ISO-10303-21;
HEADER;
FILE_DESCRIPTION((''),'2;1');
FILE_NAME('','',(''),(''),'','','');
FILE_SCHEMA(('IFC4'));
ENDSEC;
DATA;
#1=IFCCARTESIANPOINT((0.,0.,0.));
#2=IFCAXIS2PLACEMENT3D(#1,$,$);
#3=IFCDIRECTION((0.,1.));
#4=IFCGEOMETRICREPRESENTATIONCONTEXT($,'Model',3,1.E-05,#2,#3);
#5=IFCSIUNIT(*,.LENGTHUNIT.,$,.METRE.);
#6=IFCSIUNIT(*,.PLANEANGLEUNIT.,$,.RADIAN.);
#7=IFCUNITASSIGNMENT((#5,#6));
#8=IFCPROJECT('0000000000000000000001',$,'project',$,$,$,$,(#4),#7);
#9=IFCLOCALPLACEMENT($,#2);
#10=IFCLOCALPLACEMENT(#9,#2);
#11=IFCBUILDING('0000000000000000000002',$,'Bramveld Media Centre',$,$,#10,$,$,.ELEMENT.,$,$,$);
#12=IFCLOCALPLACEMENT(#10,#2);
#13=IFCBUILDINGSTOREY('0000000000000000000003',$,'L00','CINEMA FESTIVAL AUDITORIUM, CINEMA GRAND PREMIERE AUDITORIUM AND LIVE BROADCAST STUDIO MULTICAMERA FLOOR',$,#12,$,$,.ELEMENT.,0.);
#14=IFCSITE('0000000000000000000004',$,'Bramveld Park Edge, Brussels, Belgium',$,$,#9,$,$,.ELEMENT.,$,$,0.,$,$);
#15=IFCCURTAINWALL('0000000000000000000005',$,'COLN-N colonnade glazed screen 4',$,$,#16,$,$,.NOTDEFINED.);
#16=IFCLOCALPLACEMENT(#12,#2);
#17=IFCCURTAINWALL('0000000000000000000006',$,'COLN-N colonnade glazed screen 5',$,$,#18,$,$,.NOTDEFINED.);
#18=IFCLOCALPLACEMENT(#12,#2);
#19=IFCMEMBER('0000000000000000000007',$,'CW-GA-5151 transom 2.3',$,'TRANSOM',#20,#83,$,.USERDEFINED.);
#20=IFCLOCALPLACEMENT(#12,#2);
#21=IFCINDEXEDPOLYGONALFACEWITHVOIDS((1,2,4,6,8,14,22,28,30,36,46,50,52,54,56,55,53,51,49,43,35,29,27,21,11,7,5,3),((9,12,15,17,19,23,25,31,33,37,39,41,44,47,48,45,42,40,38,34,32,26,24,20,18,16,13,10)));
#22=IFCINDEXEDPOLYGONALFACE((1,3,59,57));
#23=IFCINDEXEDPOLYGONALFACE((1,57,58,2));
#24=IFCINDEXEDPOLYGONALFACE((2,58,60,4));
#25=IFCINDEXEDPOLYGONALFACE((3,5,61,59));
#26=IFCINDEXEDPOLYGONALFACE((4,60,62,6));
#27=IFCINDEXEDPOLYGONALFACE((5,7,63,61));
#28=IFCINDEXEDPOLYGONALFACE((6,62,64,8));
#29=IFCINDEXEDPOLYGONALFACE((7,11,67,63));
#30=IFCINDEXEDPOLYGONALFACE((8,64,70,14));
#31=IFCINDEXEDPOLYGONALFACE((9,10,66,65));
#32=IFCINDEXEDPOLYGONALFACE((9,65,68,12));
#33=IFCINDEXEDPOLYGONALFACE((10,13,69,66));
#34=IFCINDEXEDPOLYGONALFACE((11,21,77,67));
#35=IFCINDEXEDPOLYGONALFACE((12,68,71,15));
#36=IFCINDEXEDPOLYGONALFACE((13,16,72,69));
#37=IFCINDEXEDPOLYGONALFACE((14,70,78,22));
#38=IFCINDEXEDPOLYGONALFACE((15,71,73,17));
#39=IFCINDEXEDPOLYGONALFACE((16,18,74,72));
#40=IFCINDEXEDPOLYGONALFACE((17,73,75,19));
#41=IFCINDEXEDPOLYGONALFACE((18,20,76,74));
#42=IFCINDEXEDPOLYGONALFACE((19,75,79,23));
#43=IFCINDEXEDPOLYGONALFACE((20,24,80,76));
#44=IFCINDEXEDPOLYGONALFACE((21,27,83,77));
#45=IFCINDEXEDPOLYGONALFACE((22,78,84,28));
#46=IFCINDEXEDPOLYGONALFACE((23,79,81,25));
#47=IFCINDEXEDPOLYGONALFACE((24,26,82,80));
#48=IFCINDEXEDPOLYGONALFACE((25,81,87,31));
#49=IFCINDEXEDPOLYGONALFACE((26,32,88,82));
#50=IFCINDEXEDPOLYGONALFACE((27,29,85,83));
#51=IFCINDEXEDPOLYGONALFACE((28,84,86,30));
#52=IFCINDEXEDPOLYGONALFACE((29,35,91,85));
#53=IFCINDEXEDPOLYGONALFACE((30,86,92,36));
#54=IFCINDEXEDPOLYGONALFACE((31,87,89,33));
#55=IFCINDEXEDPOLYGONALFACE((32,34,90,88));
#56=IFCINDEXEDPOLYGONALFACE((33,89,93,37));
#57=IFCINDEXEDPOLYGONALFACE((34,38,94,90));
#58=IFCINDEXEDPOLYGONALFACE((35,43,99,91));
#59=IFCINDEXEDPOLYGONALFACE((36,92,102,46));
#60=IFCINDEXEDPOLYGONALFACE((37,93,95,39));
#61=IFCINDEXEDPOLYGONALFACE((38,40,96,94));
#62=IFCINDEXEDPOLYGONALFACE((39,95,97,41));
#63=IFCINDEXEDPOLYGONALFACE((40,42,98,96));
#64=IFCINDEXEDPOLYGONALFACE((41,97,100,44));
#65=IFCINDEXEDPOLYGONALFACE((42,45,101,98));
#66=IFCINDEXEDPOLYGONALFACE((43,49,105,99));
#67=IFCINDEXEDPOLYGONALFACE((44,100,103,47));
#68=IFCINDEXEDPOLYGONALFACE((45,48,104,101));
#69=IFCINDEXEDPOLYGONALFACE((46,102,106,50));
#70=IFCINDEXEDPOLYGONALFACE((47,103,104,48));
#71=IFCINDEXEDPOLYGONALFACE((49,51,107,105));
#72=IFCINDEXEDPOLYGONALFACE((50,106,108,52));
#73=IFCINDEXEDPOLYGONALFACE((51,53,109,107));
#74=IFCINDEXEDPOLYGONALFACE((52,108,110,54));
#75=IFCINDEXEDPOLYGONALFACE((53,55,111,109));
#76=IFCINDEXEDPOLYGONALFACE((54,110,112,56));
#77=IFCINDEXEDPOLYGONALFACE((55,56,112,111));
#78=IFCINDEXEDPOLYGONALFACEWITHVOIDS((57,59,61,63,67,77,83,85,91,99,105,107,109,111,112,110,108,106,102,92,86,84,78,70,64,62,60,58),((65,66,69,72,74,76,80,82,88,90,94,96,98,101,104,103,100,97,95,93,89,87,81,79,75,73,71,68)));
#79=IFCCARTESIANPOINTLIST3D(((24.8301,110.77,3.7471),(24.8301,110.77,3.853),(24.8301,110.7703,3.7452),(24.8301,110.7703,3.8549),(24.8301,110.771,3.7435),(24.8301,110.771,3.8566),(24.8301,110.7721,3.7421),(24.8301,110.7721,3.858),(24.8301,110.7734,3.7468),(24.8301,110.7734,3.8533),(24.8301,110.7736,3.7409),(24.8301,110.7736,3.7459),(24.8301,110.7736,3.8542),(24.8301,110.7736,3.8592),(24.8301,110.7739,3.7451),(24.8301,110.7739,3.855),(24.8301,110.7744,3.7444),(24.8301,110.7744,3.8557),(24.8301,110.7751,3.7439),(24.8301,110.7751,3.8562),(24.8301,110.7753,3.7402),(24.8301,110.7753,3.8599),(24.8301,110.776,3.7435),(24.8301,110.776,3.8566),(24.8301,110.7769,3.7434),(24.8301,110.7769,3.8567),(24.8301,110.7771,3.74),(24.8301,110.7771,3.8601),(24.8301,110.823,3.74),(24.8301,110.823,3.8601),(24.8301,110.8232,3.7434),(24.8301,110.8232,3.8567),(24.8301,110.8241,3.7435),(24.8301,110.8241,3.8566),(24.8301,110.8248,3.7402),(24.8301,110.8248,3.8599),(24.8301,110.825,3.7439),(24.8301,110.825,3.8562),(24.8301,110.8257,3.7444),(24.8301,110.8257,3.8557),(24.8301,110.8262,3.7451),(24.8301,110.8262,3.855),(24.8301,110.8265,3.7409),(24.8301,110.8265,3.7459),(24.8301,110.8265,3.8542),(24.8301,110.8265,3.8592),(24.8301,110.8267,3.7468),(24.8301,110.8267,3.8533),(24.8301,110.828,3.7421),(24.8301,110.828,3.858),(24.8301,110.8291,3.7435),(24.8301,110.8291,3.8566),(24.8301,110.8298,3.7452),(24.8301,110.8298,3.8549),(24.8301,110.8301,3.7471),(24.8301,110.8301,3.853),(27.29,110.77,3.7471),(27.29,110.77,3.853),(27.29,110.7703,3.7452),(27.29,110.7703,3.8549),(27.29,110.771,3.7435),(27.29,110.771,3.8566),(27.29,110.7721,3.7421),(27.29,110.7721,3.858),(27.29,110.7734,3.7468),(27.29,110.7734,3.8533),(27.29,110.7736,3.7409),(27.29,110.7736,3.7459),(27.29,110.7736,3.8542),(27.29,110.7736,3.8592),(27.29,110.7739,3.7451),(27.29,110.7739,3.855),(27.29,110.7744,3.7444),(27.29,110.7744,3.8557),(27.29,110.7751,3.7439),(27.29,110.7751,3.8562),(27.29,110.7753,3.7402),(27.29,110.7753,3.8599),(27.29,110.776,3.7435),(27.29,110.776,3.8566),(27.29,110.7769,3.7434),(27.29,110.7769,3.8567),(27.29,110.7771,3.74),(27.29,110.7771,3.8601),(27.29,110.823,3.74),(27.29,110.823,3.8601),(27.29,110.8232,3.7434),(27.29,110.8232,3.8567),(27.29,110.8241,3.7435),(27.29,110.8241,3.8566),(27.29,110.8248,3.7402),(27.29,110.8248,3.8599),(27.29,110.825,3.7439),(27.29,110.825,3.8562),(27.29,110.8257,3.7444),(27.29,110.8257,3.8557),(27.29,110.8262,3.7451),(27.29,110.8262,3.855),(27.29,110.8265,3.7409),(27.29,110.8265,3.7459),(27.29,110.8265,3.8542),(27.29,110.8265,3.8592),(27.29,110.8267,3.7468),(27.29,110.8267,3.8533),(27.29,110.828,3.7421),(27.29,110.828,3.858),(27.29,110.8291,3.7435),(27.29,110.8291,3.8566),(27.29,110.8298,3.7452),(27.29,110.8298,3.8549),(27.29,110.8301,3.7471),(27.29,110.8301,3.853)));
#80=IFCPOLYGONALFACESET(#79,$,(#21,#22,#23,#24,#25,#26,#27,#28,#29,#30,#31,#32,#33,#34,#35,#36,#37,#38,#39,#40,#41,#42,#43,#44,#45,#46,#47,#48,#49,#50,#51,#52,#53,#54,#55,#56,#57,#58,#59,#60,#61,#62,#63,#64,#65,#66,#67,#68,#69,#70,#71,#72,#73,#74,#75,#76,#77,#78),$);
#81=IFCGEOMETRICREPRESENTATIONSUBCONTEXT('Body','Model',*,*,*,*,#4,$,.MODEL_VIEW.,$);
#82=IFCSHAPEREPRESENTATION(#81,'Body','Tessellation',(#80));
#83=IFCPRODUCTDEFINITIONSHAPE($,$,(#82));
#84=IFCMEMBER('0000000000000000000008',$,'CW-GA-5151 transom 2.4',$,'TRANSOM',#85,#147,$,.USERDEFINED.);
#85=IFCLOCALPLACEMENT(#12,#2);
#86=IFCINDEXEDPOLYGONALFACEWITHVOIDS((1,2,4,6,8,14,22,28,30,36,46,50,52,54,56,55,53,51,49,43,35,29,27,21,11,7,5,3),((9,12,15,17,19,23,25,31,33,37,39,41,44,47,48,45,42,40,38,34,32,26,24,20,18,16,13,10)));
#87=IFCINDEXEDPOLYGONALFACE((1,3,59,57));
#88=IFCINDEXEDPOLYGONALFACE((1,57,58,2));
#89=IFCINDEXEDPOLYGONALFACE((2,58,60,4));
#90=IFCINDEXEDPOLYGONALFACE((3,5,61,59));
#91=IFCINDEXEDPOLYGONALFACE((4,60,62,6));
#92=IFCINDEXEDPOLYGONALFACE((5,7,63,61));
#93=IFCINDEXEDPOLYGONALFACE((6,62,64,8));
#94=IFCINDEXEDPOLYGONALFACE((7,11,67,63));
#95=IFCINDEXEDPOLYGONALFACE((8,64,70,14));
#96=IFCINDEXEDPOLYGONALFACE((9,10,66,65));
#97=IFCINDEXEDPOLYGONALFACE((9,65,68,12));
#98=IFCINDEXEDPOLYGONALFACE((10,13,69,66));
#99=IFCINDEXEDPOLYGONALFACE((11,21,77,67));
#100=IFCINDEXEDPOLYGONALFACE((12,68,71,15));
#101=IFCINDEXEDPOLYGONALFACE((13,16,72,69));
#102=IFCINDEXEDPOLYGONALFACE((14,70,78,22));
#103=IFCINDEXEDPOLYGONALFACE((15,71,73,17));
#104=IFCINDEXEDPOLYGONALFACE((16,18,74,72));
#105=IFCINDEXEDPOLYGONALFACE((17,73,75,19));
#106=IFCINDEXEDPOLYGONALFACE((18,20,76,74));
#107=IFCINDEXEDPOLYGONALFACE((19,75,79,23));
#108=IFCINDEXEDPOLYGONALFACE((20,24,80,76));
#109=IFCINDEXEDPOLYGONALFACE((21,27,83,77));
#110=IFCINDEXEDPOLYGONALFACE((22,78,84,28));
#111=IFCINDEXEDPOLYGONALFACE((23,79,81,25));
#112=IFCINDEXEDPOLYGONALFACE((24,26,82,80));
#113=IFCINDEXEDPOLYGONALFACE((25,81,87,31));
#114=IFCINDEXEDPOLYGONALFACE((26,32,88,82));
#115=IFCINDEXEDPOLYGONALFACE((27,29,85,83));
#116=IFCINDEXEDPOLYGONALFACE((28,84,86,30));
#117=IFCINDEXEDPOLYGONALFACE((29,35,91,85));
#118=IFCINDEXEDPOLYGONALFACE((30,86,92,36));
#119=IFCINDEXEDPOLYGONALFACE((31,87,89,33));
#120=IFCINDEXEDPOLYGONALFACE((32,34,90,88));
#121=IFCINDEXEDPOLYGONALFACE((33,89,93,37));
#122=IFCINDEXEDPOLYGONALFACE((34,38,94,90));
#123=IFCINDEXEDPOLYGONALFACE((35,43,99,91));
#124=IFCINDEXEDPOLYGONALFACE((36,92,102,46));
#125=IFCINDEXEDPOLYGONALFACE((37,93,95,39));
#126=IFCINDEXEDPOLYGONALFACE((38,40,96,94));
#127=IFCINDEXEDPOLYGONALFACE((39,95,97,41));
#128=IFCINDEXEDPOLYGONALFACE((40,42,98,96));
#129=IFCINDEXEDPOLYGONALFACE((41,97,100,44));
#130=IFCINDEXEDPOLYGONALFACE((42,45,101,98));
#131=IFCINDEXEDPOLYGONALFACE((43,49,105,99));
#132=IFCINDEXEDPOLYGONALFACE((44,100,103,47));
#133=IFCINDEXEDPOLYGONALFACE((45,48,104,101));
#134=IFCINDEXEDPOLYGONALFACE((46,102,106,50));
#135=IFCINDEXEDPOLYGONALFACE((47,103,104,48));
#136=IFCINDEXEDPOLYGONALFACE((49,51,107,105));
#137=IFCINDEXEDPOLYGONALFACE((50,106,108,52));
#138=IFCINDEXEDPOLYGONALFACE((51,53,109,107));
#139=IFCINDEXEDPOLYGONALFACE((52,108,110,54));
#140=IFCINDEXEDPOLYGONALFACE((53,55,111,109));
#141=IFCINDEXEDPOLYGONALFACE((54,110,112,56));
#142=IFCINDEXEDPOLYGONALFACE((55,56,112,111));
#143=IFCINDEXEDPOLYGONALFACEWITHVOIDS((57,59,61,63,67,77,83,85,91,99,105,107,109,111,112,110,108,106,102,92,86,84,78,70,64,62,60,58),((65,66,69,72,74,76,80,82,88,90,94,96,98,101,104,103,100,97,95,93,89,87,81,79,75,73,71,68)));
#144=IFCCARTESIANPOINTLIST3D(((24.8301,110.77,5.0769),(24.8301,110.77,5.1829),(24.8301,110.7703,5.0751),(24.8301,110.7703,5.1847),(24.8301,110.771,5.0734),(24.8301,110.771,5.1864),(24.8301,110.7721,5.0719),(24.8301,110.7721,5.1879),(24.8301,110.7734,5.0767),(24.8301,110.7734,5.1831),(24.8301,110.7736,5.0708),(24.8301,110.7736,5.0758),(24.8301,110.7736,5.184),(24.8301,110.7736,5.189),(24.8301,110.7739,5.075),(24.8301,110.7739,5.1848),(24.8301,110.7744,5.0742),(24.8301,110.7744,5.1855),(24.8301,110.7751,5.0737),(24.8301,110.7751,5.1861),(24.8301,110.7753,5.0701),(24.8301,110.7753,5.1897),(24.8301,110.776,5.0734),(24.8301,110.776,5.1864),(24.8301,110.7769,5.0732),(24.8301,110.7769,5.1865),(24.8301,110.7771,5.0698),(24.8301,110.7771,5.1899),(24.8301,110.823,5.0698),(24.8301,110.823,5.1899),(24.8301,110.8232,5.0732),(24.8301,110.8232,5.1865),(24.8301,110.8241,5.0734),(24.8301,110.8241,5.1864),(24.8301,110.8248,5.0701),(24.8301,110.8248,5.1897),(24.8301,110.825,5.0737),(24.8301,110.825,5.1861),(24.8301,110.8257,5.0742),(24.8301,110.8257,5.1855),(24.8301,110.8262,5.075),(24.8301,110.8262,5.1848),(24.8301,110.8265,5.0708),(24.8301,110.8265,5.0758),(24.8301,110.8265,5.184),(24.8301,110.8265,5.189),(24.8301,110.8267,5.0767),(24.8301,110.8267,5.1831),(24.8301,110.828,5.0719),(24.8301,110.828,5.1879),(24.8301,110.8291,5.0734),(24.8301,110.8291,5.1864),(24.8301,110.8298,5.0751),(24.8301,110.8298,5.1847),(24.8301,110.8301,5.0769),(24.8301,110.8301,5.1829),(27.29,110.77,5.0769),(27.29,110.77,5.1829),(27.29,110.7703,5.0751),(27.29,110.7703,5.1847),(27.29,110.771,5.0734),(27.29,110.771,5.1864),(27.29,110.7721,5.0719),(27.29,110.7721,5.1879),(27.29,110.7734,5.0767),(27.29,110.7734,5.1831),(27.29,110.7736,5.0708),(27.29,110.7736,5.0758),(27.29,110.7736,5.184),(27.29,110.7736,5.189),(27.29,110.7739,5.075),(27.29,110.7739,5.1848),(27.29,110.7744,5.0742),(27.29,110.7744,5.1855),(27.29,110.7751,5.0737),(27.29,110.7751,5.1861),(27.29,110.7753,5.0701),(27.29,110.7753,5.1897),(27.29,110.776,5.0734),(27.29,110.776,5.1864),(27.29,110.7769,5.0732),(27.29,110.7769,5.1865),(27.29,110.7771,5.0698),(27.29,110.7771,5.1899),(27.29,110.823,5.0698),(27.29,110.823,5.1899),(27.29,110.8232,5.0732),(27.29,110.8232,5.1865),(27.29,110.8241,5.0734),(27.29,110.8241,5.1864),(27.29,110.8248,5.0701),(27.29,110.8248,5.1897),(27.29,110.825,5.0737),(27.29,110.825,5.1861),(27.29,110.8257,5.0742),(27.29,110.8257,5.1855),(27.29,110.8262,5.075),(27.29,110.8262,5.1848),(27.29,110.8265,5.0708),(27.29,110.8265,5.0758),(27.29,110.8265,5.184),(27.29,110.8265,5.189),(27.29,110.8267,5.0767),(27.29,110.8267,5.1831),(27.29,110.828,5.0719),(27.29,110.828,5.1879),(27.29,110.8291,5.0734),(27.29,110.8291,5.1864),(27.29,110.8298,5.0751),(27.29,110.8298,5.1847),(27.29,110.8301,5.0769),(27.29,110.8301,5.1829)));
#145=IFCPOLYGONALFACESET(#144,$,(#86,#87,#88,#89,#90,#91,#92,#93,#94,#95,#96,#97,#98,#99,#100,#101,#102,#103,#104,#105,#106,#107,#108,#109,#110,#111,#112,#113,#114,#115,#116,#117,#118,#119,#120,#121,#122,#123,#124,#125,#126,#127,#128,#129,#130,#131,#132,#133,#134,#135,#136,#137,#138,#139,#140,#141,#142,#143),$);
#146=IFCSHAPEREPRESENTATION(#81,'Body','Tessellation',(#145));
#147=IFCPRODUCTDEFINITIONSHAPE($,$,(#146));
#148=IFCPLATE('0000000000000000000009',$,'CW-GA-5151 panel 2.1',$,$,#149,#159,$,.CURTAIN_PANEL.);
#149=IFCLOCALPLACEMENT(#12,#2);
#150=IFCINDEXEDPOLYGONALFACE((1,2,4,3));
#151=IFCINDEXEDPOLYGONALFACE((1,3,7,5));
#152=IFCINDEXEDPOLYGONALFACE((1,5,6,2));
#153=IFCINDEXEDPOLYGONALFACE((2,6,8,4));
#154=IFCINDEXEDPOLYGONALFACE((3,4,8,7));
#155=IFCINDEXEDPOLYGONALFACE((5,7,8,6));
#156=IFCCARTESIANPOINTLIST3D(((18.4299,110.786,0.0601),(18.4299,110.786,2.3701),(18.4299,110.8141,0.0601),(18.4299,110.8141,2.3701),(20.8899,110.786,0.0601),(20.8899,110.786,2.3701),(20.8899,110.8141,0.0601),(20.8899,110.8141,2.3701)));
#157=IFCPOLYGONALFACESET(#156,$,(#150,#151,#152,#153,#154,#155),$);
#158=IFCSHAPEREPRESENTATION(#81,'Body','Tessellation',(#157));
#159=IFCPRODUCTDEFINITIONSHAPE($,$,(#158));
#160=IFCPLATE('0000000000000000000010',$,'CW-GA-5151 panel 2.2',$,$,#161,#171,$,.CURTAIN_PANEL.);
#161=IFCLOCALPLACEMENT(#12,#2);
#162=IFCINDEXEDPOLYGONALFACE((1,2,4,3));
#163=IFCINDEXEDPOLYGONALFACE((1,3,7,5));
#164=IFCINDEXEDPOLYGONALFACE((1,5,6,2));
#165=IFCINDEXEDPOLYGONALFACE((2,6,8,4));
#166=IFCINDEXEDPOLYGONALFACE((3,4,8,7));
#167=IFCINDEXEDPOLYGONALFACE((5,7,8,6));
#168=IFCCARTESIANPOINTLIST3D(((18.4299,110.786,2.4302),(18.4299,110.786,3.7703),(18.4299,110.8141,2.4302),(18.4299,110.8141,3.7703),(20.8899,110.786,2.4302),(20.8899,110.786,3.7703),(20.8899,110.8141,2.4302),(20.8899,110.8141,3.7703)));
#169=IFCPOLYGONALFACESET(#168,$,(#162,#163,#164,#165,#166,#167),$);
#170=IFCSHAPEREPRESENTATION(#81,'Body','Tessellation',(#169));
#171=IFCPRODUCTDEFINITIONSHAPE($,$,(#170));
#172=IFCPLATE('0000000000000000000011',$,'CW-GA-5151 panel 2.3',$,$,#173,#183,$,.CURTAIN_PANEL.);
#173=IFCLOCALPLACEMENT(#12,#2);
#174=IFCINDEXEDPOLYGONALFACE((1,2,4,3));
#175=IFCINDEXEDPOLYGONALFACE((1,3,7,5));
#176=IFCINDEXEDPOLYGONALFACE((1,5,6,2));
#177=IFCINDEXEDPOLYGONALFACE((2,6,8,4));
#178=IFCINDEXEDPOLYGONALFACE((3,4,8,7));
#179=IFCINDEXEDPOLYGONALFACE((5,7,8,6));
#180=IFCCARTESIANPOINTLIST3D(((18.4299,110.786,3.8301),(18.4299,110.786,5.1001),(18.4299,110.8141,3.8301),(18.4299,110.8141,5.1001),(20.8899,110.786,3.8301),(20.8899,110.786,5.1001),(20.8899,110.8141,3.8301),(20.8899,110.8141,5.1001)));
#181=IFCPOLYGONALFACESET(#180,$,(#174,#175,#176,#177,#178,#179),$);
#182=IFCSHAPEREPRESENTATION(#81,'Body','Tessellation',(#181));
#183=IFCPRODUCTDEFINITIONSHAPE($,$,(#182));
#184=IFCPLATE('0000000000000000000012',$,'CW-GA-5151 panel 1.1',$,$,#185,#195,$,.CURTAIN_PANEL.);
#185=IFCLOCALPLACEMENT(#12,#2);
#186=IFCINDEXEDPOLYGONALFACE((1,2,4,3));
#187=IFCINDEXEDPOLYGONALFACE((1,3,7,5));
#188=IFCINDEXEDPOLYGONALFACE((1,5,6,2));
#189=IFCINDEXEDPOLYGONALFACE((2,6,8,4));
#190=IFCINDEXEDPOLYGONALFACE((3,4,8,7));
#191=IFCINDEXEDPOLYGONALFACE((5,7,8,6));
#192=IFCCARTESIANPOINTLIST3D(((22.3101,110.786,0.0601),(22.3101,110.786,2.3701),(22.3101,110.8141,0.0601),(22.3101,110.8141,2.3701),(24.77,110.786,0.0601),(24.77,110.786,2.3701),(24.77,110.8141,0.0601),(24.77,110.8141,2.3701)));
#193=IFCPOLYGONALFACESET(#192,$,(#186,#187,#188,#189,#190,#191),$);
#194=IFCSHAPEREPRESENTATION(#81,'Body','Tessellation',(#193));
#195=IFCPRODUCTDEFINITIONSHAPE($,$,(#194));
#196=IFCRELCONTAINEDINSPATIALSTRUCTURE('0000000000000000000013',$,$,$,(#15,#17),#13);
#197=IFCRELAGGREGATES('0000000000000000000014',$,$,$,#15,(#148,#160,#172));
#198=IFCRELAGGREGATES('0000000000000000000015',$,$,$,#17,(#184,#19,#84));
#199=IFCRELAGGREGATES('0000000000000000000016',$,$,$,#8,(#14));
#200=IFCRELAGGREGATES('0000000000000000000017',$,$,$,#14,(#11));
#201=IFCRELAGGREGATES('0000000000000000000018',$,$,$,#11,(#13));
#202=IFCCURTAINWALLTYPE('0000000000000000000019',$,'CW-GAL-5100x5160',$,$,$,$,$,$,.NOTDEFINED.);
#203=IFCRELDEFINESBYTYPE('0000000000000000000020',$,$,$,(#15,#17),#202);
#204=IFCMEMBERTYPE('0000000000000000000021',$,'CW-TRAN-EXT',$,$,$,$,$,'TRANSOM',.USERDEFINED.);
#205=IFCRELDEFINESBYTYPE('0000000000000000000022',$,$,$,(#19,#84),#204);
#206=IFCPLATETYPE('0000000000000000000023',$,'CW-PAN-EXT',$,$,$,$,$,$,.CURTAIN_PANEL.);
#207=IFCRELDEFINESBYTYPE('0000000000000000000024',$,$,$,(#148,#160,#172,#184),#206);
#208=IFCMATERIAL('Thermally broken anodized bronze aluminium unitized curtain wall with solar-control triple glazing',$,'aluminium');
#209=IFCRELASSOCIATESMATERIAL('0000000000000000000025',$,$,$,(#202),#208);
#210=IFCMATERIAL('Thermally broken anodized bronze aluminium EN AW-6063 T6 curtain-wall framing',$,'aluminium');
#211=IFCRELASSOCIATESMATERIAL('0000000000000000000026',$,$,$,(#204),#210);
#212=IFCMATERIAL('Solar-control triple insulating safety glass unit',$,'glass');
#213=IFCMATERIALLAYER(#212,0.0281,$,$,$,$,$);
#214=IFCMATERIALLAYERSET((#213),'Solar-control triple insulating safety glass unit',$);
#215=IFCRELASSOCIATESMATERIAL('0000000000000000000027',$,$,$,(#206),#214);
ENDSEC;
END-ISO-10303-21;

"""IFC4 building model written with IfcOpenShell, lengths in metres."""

from ifc_helpers import new_model, si_unit, direction, frame, origin, origin_2d, place, context, subcontext, project, spatial, rectangle, hollow_rectangle, extrude, material, layer, layer_set, material_profile, profile_set, type_object, element, aggregate, save


model = new_model("IFC4")

# Units and contexts
model_context = context("Model", 3, precision=1e-05, world=origin(), true_north=direction((0.0, 1.0)))
body_context = subcontext(model_context, "Body", "Model", "MODEL_VIEW")
ifc_project = project(units=[si_unit("LENGTHUNIT", "METRE"), si_unit("PLANEANGLEUNIT", "RADIAN")], contexts=[model_context])

# Site, building, storey
site_placement = place(None, origin())
site = spatial("IfcSite", under=ifc_project, at=site_placement, Name="Bramveld Park Edge, Brussels, Belgium", CompositionType="ELEMENT", RefElevation=0.0)
building_placement = place(site_placement, origin())
building = spatial("IfcBuilding", under=site, at=building_placement, Name="Bramveld Media Centre", CompositionType="ELEMENT")
storey_placement = place(building_placement, origin())
storey = spatial("IfcBuildingStorey", under=building, at=storey_placement, Name="L00", Description="CINEMA FESTIVAL AUDITORIUM, CINEMA GRAND PREMIERE AUDITORIUM AND LIVE BROADCAST STUDIO MULTICAMERA FLOOR", CompositionType="ELEMENT", Elevation=0.0)

# Curtain wall
ifc_material_1 = material(Name="Thermally broken anodized bronze aluminium unitized curtain wall with solar-control triple glazing", Category="aluminium")
curtain_wall_type = type_object("IfcCurtainWallType", Name="CW-GAL-5100x5160", PredefinedType="NOTDEFINED", material=ifc_material_1)
curtain_wall_1_placement = place(storey_placement, origin())
curtain_wall_1 = element("IfcCurtainWall", 1, at=curtain_wall_1_placement, inside=storey, type_object=curtain_wall_type, Name="COLN-N colonnade glazed screen 4", PredefinedType="NOTDEFINED")

# Curtain wall
curtain_wall_2_placement = place(storey_placement, origin())
curtain_wall_2 = element("IfcCurtainWall", 2, at=curtain_wall_2_placement, inside=storey, type_object=curtain_wall_type, Name="COLN-N colonnade glazed screen 5", PredefinedType="NOTDEFINED")

# Members
ifc_material_2 = material(Name="Thermally broken anodized bronze aluminium EN AW-6063 T6 curtain-wall framing", Category="aluminium")
ifc_material_profile_1 = material_profile(ifc_material_2, hollow_rectangle(XDim=0.0601, YDim=0.1201, WallThickness=0.0034, InnerFilletRadius=0.0034, OuterFilletRadius=0.0071, at=origin_2d()), Name="AL-TRAN 60x120")
ifc_profile_set_1 = profile_set([ifc_material_profile_1], Name="Thermally broken anodized bronze aluminium EN AW-6063 T6 curtain-wall framing")
member_type_1 = type_object("IfcMemberType", Name="CW-TRAN-EXT", ElementType="TRANSOM", PredefinedType="USERDEFINED", material=ifc_profile_set_1)
member_1_placement = place(storey_placement, frame((24.8301, 110.8, 3.8), z_axis=(1.0, 0.0, 0.0), x_axis=(0.0, 1.0, 0.0)))
member_1 = element("IfcMember", 3, at=member_1_placement, type_object=member_type_1, Name="CW-GA-5151 transom 2.3", ObjectType="TRANSOM", PredefinedType="USERDEFINED", context=body_context, shape_type="SweptSolid", body=[
    extrude(hollow_rectangle(XDim=0.0601, YDim=0.1201, WallThickness=0.0034, InnerFilletRadius=0.0034, OuterFilletRadius=0.0071, at=origin_2d()), origin(), (0.0, 0.0, 1.0), 2.46),
])
member_2_placement = place(storey_placement, frame((24.8301, 110.8, 5.1299), z_axis=(1.0, 0.0, 0.0), x_axis=(0.0, 1.0, 0.0)))
member_2 = element("IfcMember", 4, at=member_2_placement, type_object=member_type_1, Name="CW-GA-5151 transom 2.4", ObjectType="TRANSOM", PredefinedType="USERDEFINED", context=body_context, shape_type="SweptSolid", body=[
    extrude(hollow_rectangle(XDim=0.0601, YDim=0.1201, WallThickness=0.0034, InnerFilletRadius=0.0034, OuterFilletRadius=0.0071, at=origin_2d()), origin(), (0.0, 0.0, 1.0), 2.46),
])

# Plates
ifc_material_3 = material(Name="Solar-control triple insulating safety glass unit", Category="glass")
ifc_layer = layer(ifc_material_3, 0.0281)
ifc_layer_set = layer_set([ifc_layer], Name="Solar-control triple insulating safety glass unit")
plate_type = type_object("IfcPlateType", Name="CW-PAN-EXT", PredefinedType="CURTAIN_PANEL", material=ifc_layer_set)
plate_1_placement = place(storey_placement, frame((19.6599, 110.8, 0.0601), z_axis=(0.0, 0.0, 1.0), x_axis=(1.0, 0.0, 0.0)))
plate_1 = element("IfcPlate", 5, at=plate_1_placement, type_object=plate_type, Name="CW-GA-5151 panel 2.1", PredefinedType="CURTAIN_PANEL", context=body_context, shape_type="SweptSolid", body=[
    extrude(rectangle(XDim=2.46, YDim=0.0281, at=origin_2d()), origin(), (0.0, 0.0, 1.0), 2.3101),
])
plate_2_placement = place(storey_placement, frame((19.6599, 110.8, 2.4302), z_axis=(0.0, 0.0, 1.0), x_axis=(1.0, 0.0, 0.0)))
plate_2 = element("IfcPlate", 6, at=plate_2_placement, type_object=plate_type, Name="CW-GA-5151 panel 2.2", PredefinedType="CURTAIN_PANEL", context=body_context, shape_type="SweptSolid", body=[
    extrude(rectangle(XDim=2.46, YDim=0.0281, at=origin_2d()), origin(), (0.0, 0.0, 1.0), 1.3401),
])
plate_3_placement = place(storey_placement, frame((19.6599, 110.8, 3.8301), z_axis=(0.0, 0.0, 1.0), x_axis=(1.0, 0.0, 0.0)))
plate_3 = element("IfcPlate", 7, at=plate_3_placement, type_object=plate_type, Name="CW-GA-5151 panel 2.3", PredefinedType="CURTAIN_PANEL", context=body_context, shape_type="SweptSolid", body=[
    extrude(rectangle(XDim=2.46, YDim=0.0281, at=origin_2d()), origin(), (0.0, 0.0, 1.0), 1.27),
])
aggregate(curtain_wall_1, [plate_1, plate_2, plate_3])
plate_4_placement = place(storey_placement, frame((23.54, 110.8, 0.0601), z_axis=(0.0, 0.0, 1.0), x_axis=(1.0, 0.0, 0.0)))
plate_4 = element("IfcPlate", 8, at=plate_4_placement, type_object=plate_type, Name="CW-GA-5151 panel 1.1", PredefinedType="CURTAIN_PANEL", context=body_context, shape_type="SweptSolid", body=[
    extrude(rectangle(XDim=2.46, YDim=0.0281, at=origin_2d()), origin(), (0.0, 0.0, 1.0), 2.3101),
])
aggregate(curtain_wall_2, [plate_4, member_1, member_2])

save(model, "model.ifc")
